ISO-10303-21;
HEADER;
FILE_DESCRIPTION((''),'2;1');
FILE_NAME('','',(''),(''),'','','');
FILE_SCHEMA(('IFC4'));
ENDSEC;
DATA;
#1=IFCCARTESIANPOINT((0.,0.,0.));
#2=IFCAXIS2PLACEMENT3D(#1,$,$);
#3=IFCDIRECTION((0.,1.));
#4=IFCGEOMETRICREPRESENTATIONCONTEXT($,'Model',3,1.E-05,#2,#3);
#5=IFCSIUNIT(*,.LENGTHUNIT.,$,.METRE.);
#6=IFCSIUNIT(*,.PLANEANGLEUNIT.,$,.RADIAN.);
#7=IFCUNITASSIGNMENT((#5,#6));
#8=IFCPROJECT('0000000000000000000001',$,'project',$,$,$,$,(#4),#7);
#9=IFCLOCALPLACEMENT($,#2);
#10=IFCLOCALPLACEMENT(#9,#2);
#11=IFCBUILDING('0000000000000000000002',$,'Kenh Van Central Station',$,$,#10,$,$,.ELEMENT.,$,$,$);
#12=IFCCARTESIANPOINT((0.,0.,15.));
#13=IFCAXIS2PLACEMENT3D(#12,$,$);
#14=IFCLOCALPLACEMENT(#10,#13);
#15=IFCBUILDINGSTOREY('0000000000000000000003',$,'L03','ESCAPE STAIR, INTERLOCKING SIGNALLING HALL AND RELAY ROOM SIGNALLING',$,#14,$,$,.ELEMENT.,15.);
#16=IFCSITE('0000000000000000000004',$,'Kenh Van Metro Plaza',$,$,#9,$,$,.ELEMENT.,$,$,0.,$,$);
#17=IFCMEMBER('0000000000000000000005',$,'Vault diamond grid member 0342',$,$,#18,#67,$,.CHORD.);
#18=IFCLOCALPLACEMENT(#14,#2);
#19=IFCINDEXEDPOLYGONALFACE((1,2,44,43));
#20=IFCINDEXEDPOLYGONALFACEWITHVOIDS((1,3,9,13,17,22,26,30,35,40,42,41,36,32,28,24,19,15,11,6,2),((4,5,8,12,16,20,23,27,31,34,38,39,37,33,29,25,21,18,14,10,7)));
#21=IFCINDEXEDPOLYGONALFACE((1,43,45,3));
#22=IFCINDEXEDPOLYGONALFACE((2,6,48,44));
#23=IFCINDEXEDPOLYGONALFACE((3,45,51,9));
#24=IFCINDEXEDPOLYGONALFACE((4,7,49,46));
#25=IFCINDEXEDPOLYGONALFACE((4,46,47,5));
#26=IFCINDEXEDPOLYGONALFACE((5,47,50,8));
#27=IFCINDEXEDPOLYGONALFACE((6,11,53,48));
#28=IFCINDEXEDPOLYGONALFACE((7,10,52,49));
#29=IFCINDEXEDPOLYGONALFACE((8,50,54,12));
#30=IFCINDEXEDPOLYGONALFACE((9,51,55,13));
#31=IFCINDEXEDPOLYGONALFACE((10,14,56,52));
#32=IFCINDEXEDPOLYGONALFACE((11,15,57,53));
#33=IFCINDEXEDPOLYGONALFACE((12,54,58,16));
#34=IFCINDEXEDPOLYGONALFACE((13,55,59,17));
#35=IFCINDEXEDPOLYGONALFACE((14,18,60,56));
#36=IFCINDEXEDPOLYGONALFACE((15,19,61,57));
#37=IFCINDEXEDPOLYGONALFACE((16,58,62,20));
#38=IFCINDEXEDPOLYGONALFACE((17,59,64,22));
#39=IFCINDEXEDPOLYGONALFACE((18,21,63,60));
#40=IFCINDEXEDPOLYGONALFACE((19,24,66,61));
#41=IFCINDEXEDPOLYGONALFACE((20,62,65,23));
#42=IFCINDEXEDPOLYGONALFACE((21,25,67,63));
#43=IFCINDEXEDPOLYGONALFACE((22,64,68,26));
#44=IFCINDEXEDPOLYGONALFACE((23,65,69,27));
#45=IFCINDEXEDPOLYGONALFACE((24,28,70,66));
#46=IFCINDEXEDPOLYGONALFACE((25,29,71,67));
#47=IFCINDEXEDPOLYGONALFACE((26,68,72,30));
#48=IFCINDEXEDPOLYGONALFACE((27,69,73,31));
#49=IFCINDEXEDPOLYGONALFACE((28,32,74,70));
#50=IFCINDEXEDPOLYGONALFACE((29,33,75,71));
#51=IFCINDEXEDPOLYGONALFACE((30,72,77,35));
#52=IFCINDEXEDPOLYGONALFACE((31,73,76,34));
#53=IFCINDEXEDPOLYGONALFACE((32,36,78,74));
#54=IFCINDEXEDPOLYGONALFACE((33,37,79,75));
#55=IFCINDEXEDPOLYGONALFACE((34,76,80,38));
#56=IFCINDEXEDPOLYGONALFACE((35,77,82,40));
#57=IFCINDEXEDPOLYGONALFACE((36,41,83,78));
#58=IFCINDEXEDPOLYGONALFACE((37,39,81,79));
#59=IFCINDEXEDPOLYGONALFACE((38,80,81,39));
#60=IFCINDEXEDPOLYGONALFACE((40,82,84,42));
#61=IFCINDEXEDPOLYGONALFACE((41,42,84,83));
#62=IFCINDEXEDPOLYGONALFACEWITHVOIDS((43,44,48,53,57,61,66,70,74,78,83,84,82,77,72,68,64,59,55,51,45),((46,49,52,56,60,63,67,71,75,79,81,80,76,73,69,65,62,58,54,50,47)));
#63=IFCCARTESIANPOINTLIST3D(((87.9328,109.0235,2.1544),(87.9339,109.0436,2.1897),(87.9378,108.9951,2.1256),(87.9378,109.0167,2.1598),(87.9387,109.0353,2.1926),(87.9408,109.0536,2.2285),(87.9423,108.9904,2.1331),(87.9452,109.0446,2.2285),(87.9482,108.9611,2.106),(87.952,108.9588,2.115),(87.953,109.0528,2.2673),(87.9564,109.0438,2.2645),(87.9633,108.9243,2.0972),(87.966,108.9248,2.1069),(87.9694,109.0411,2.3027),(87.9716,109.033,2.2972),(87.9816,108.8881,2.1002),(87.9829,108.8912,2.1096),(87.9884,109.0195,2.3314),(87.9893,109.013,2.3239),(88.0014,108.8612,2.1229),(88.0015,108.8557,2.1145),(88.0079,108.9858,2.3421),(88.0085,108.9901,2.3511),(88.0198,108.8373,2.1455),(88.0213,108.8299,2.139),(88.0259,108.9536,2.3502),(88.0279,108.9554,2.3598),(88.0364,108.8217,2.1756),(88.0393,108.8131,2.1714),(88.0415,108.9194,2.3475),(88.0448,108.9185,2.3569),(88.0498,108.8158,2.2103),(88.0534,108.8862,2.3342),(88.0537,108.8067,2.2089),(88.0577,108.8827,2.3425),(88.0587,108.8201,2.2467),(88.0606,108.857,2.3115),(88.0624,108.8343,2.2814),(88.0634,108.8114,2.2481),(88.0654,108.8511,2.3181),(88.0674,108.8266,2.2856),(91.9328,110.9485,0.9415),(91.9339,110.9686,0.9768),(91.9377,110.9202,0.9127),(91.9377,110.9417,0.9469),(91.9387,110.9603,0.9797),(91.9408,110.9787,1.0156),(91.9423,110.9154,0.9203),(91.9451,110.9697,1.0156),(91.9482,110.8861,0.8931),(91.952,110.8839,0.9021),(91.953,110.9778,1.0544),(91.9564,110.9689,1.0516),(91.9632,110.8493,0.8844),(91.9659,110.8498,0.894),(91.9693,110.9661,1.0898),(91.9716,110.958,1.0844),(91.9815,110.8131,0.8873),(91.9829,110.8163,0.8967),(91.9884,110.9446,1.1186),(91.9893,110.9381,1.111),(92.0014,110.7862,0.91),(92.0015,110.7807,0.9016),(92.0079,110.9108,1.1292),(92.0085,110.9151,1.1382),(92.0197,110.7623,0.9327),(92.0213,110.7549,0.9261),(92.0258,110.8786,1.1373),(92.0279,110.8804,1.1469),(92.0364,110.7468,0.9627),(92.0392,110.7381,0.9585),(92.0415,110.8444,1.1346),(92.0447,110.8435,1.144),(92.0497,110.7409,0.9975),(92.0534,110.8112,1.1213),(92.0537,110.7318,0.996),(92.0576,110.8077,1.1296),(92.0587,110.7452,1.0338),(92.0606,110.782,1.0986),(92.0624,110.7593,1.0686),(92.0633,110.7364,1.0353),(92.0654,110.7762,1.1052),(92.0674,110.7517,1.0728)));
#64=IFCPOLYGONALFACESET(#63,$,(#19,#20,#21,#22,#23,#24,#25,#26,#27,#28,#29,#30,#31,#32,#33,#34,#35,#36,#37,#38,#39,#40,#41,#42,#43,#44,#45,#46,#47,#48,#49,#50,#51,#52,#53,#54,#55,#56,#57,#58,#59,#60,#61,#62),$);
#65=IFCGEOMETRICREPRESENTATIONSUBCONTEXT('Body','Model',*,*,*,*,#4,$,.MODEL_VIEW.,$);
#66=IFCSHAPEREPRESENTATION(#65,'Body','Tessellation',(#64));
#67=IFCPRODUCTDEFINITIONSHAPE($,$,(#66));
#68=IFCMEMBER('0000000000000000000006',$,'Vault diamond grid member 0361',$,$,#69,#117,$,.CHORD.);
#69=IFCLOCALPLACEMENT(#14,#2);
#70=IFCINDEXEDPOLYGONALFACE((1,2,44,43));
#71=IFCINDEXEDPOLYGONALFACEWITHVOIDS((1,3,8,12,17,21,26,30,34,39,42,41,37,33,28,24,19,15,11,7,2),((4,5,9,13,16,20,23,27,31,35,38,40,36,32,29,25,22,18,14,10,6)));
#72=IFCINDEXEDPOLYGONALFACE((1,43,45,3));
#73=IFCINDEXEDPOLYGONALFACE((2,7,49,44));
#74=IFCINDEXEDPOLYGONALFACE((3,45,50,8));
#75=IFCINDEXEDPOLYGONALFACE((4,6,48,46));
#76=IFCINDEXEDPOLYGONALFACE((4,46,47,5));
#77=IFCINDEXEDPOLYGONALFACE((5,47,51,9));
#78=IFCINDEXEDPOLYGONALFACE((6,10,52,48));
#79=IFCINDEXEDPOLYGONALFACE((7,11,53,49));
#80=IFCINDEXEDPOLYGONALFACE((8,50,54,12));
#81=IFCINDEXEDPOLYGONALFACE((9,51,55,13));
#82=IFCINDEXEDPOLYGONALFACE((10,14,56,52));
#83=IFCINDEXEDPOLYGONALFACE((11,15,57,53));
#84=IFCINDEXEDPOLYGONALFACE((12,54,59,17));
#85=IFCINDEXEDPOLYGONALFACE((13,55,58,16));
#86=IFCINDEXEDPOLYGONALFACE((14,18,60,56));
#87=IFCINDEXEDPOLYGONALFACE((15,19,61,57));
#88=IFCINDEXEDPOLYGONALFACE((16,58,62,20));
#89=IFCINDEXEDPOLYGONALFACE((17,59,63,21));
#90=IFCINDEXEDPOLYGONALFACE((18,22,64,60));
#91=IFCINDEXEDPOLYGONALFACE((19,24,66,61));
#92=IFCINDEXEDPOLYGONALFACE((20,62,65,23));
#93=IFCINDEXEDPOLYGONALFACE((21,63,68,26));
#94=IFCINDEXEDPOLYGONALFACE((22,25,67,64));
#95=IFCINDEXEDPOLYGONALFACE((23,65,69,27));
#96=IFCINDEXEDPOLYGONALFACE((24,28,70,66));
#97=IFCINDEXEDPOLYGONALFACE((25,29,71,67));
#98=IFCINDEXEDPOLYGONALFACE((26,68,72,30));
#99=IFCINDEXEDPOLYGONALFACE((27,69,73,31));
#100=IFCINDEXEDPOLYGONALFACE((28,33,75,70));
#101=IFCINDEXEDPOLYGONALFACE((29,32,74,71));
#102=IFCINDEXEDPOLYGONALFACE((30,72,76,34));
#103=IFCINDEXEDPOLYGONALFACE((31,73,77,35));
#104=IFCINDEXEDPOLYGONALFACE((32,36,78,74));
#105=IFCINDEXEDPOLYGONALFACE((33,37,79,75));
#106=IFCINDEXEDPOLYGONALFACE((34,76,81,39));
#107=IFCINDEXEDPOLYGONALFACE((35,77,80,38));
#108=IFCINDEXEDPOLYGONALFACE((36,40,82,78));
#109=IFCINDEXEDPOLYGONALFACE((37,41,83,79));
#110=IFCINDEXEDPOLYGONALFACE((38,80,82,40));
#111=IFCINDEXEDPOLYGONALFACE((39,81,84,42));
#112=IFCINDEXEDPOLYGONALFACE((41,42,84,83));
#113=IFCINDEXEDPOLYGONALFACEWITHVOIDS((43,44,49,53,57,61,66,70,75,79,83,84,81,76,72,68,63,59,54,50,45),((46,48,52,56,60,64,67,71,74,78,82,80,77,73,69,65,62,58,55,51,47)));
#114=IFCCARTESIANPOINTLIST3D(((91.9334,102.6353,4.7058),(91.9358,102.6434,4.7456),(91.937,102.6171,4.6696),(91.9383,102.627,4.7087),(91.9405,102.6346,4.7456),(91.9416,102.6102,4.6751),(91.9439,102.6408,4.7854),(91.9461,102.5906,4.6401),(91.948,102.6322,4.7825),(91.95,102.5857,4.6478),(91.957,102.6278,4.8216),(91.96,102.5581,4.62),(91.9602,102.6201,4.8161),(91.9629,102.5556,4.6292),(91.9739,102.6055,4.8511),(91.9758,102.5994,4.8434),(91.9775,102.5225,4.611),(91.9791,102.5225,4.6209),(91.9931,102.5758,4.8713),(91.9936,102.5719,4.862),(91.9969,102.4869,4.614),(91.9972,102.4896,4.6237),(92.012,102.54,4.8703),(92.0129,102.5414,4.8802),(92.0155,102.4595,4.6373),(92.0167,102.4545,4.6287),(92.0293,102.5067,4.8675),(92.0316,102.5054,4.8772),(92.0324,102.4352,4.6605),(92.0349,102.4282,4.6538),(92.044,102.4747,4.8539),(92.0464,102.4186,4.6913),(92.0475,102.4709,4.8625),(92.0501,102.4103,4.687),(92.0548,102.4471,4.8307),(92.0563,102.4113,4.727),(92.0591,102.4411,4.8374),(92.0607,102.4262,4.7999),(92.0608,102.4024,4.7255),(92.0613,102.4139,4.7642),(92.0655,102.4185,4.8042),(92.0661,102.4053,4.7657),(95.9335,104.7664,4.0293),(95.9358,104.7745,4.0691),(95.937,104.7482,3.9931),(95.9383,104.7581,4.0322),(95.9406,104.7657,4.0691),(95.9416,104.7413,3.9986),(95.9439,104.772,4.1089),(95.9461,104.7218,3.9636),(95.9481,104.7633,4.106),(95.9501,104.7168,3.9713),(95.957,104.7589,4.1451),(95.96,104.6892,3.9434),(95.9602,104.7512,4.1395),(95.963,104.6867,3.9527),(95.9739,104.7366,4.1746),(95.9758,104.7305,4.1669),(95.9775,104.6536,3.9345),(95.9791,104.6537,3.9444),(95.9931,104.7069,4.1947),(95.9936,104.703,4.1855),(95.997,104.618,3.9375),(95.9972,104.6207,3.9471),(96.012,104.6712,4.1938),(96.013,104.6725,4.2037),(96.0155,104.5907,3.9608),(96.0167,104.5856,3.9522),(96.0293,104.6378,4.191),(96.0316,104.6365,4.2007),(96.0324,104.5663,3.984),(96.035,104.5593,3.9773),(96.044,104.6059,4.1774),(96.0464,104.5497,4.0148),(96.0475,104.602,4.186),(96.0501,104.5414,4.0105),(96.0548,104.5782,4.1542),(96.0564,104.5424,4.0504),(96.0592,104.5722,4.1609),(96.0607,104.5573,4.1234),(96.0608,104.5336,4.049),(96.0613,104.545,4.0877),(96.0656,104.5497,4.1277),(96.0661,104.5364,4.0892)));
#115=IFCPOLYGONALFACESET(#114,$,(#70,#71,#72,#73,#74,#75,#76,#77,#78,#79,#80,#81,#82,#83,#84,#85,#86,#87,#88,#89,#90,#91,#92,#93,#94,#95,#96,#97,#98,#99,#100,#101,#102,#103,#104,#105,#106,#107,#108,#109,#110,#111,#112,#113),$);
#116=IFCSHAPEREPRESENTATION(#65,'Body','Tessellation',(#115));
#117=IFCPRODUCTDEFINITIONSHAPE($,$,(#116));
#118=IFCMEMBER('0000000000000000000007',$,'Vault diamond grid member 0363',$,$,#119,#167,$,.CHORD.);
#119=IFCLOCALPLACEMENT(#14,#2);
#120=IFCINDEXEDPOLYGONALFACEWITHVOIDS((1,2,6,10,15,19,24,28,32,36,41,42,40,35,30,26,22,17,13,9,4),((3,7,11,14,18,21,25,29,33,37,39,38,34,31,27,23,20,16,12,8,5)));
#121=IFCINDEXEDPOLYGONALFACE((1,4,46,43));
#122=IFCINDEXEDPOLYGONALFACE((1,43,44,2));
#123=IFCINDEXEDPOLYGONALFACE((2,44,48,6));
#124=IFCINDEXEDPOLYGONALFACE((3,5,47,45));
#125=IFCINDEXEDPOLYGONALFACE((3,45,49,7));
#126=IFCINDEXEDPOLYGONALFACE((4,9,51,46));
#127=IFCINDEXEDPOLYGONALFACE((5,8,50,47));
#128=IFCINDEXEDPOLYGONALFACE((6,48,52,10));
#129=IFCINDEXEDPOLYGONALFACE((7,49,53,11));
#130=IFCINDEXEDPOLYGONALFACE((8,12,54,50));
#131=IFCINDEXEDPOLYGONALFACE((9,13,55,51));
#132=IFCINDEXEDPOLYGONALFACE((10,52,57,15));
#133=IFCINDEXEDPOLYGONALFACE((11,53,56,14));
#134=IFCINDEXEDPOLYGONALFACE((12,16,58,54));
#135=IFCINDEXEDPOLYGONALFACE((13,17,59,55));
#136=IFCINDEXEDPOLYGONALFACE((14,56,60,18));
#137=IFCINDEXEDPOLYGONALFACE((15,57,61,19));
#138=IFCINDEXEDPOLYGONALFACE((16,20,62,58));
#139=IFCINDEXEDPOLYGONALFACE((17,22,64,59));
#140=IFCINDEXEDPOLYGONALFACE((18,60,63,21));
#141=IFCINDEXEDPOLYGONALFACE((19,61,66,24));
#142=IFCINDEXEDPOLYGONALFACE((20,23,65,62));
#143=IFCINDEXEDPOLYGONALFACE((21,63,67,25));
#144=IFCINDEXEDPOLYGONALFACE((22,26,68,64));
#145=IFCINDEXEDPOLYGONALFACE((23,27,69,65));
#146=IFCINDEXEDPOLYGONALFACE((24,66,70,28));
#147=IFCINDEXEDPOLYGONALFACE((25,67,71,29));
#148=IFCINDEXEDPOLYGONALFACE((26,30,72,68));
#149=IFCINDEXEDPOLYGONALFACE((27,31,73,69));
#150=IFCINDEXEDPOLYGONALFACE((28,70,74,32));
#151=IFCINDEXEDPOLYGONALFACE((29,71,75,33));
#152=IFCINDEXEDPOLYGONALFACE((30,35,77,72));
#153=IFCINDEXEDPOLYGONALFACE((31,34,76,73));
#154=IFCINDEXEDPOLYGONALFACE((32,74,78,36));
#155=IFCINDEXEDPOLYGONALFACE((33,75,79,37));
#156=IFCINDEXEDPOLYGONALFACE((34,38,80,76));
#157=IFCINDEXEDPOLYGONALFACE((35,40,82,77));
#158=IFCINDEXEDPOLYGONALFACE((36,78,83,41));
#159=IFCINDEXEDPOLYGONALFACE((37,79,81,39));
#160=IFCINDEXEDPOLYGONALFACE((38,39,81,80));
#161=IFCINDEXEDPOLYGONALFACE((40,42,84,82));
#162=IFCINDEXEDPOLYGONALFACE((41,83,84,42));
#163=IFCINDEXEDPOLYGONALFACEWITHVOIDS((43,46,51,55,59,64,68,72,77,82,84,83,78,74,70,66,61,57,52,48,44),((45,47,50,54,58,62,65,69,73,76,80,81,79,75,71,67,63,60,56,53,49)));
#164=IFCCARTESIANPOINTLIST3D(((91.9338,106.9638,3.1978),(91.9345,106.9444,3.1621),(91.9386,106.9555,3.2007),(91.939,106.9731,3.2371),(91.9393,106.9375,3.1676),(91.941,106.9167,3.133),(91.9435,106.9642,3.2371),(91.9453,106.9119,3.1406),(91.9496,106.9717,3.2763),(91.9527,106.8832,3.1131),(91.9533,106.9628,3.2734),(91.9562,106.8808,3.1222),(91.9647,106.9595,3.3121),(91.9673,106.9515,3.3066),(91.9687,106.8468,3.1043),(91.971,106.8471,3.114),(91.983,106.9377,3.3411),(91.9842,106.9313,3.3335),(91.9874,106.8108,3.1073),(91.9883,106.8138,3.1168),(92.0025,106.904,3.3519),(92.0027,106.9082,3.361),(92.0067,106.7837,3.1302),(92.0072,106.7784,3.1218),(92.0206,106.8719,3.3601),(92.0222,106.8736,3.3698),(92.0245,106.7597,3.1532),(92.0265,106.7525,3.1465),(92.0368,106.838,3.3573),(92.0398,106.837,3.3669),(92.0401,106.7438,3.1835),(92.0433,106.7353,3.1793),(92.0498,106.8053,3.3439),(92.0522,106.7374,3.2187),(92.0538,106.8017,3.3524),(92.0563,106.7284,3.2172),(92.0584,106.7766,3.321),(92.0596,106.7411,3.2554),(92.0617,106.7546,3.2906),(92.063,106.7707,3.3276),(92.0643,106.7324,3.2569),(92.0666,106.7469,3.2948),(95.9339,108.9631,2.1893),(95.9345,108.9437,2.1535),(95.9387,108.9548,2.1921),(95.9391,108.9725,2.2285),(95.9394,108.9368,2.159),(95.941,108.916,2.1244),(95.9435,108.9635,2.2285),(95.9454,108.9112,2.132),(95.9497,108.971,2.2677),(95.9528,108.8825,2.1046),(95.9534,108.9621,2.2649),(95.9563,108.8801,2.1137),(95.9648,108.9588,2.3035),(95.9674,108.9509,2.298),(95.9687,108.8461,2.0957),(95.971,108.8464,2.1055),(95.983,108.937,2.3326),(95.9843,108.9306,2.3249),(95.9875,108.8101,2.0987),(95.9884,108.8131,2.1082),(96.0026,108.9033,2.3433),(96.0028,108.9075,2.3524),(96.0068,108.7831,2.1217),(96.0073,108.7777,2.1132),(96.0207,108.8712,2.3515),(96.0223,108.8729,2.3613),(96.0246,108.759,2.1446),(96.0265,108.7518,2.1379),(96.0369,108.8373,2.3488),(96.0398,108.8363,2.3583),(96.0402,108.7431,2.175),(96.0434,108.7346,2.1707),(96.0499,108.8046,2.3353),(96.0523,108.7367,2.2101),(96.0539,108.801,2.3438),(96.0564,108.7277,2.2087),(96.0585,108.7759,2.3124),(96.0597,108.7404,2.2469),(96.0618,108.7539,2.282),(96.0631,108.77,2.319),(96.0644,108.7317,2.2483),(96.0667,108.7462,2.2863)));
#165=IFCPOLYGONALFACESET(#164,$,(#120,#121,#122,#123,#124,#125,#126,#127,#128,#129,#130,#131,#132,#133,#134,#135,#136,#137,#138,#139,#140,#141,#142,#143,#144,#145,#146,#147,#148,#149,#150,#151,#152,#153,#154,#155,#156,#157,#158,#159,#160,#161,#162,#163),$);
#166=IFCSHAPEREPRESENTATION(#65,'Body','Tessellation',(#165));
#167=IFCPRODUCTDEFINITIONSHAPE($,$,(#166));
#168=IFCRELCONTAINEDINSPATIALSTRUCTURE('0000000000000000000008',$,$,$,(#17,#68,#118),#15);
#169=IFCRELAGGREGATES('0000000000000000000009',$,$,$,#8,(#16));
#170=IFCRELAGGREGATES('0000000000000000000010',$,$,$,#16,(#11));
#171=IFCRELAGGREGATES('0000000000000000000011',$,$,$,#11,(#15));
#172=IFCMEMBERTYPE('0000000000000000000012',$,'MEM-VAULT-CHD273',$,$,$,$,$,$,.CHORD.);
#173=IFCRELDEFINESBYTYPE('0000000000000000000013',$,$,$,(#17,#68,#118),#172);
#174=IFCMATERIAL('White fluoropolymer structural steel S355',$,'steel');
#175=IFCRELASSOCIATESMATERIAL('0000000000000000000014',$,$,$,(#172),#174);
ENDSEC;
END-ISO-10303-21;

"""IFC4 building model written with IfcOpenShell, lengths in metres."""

from ifc_helpers import new_model, si_unit, direction, frame, origin, origin_2d, place, context, subcontext, project, spatial, hollow_circle, extrude, material, material_profile, profile_set, type_object, element, save


model = new_model("IFC4")

# Units and contexts
model_context = context("Model", 3, precision=1e-05, world=origin(), true_north=direction((0.0, 1.0)))
body_context = subcontext(model_context, "Body", "Model", "MODEL_VIEW")
ifc_project = project(units=[si_unit("LENGTHUNIT", "METRE"), si_unit("PLANEANGLEUNIT", "RADIAN")], contexts=[model_context])

# Site, building, storey
site_placement = place(None, origin())
site = spatial("IfcSite", under=ifc_project, at=site_placement, Name="Kenh Van Metro Plaza", CompositionType="ELEMENT", RefElevation=0.0)
building_placement = place(site_placement, origin())
building = spatial("IfcBuilding", under=site, at=building_placement, Name="Kenh Van Central Station", CompositionType="ELEMENT")
storey_placement = place(building_placement, frame((0.0, 0.0, 15.0)))
storey = spatial("IfcBuildingStorey", under=building, at=storey_placement, Name="L03", Description="ESCAPE STAIR, INTERLOCKING SIGNALLING HALL AND RELAY ROOM SIGNALLING", CompositionType="ELEMENT", Elevation=15.0)

# Shared definitions
ifc_material_1 = material(Name="White fluoropolymer structural steel S355", Category="steel")

# Members
ifc_material_profile_1 = material_profile(ifc_material_1, hollow_circle(Radius=0.1365, WallThickness=0.01, at=origin_2d()), Name="CHS 273x10")
ifc_profile_set_1 = profile_set([ifc_material_profile_1], Name="White fluoropolymer structural steel S355")
member_type_1 = type_object("IfcMemberType", Name="MEM-VAULT-CHD273", PredefinedType="CHORD", material=ifc_profile_set_1)
member_1_placement = place(storey_placement, frame((88.0, 108.9307, 2.2285), z_axis=(0.869218, 0.418322, -0.263567), x_axis=(-0.433655, 0.901079, 0.0)))
element("IfcMember", 1, at=member_1_placement, inside=storey, type_object=member_type_1, Name="Vault diamond grid member 0342", PredefinedType="CHORD", context=body_context, shape_type="SweptSolid", body=[
    extrude(hollow_circle(Radius=0.1365, WallThickness=0.01, at=origin_2d()), origin(), (0.0, 0.0, 1.0), 4.6018),
])
member_2_placement = place(storey_placement, frame((92.0, 102.5229, 4.7456), z_axis=(0.872887, 0.465053, -0.14763), x_axis=(-0.470205, 0.882557, 0.0)))
element("IfcMember", 2, at=member_2_placement, inside=storey, type_object=member_type_1, Name="Vault diamond grid member 0361", PredefinedType="CHORD", context=body_context, shape_type="SweptSolid", body=[
    extrude(hollow_circle(Radius=0.1365, WallThickness=0.01, at=origin_2d()), origin(), (0.0, 0.0, 1.0), 4.5825),
])
member_3_placement = place(storey_placement, frame((92.0, 106.8511, 3.2371), z_axis=(0.872576, 0.436128, -0.220008), x_axis=(-0.447083, 0.894493, 0.0)))
element("IfcMember", 3, at=member_3_placement, inside=storey, type_object=member_type_1, Name="Vault diamond grid member 0363", PredefinedType="CHORD", context=body_context, shape_type="SweptSolid", body=[
    extrude(hollow_circle(Radius=0.1365, WallThickness=0.01, at=origin_2d()), origin(), (0.0, 0.0, 1.0), 4.5842),
])

save(model, "model.ifc")
